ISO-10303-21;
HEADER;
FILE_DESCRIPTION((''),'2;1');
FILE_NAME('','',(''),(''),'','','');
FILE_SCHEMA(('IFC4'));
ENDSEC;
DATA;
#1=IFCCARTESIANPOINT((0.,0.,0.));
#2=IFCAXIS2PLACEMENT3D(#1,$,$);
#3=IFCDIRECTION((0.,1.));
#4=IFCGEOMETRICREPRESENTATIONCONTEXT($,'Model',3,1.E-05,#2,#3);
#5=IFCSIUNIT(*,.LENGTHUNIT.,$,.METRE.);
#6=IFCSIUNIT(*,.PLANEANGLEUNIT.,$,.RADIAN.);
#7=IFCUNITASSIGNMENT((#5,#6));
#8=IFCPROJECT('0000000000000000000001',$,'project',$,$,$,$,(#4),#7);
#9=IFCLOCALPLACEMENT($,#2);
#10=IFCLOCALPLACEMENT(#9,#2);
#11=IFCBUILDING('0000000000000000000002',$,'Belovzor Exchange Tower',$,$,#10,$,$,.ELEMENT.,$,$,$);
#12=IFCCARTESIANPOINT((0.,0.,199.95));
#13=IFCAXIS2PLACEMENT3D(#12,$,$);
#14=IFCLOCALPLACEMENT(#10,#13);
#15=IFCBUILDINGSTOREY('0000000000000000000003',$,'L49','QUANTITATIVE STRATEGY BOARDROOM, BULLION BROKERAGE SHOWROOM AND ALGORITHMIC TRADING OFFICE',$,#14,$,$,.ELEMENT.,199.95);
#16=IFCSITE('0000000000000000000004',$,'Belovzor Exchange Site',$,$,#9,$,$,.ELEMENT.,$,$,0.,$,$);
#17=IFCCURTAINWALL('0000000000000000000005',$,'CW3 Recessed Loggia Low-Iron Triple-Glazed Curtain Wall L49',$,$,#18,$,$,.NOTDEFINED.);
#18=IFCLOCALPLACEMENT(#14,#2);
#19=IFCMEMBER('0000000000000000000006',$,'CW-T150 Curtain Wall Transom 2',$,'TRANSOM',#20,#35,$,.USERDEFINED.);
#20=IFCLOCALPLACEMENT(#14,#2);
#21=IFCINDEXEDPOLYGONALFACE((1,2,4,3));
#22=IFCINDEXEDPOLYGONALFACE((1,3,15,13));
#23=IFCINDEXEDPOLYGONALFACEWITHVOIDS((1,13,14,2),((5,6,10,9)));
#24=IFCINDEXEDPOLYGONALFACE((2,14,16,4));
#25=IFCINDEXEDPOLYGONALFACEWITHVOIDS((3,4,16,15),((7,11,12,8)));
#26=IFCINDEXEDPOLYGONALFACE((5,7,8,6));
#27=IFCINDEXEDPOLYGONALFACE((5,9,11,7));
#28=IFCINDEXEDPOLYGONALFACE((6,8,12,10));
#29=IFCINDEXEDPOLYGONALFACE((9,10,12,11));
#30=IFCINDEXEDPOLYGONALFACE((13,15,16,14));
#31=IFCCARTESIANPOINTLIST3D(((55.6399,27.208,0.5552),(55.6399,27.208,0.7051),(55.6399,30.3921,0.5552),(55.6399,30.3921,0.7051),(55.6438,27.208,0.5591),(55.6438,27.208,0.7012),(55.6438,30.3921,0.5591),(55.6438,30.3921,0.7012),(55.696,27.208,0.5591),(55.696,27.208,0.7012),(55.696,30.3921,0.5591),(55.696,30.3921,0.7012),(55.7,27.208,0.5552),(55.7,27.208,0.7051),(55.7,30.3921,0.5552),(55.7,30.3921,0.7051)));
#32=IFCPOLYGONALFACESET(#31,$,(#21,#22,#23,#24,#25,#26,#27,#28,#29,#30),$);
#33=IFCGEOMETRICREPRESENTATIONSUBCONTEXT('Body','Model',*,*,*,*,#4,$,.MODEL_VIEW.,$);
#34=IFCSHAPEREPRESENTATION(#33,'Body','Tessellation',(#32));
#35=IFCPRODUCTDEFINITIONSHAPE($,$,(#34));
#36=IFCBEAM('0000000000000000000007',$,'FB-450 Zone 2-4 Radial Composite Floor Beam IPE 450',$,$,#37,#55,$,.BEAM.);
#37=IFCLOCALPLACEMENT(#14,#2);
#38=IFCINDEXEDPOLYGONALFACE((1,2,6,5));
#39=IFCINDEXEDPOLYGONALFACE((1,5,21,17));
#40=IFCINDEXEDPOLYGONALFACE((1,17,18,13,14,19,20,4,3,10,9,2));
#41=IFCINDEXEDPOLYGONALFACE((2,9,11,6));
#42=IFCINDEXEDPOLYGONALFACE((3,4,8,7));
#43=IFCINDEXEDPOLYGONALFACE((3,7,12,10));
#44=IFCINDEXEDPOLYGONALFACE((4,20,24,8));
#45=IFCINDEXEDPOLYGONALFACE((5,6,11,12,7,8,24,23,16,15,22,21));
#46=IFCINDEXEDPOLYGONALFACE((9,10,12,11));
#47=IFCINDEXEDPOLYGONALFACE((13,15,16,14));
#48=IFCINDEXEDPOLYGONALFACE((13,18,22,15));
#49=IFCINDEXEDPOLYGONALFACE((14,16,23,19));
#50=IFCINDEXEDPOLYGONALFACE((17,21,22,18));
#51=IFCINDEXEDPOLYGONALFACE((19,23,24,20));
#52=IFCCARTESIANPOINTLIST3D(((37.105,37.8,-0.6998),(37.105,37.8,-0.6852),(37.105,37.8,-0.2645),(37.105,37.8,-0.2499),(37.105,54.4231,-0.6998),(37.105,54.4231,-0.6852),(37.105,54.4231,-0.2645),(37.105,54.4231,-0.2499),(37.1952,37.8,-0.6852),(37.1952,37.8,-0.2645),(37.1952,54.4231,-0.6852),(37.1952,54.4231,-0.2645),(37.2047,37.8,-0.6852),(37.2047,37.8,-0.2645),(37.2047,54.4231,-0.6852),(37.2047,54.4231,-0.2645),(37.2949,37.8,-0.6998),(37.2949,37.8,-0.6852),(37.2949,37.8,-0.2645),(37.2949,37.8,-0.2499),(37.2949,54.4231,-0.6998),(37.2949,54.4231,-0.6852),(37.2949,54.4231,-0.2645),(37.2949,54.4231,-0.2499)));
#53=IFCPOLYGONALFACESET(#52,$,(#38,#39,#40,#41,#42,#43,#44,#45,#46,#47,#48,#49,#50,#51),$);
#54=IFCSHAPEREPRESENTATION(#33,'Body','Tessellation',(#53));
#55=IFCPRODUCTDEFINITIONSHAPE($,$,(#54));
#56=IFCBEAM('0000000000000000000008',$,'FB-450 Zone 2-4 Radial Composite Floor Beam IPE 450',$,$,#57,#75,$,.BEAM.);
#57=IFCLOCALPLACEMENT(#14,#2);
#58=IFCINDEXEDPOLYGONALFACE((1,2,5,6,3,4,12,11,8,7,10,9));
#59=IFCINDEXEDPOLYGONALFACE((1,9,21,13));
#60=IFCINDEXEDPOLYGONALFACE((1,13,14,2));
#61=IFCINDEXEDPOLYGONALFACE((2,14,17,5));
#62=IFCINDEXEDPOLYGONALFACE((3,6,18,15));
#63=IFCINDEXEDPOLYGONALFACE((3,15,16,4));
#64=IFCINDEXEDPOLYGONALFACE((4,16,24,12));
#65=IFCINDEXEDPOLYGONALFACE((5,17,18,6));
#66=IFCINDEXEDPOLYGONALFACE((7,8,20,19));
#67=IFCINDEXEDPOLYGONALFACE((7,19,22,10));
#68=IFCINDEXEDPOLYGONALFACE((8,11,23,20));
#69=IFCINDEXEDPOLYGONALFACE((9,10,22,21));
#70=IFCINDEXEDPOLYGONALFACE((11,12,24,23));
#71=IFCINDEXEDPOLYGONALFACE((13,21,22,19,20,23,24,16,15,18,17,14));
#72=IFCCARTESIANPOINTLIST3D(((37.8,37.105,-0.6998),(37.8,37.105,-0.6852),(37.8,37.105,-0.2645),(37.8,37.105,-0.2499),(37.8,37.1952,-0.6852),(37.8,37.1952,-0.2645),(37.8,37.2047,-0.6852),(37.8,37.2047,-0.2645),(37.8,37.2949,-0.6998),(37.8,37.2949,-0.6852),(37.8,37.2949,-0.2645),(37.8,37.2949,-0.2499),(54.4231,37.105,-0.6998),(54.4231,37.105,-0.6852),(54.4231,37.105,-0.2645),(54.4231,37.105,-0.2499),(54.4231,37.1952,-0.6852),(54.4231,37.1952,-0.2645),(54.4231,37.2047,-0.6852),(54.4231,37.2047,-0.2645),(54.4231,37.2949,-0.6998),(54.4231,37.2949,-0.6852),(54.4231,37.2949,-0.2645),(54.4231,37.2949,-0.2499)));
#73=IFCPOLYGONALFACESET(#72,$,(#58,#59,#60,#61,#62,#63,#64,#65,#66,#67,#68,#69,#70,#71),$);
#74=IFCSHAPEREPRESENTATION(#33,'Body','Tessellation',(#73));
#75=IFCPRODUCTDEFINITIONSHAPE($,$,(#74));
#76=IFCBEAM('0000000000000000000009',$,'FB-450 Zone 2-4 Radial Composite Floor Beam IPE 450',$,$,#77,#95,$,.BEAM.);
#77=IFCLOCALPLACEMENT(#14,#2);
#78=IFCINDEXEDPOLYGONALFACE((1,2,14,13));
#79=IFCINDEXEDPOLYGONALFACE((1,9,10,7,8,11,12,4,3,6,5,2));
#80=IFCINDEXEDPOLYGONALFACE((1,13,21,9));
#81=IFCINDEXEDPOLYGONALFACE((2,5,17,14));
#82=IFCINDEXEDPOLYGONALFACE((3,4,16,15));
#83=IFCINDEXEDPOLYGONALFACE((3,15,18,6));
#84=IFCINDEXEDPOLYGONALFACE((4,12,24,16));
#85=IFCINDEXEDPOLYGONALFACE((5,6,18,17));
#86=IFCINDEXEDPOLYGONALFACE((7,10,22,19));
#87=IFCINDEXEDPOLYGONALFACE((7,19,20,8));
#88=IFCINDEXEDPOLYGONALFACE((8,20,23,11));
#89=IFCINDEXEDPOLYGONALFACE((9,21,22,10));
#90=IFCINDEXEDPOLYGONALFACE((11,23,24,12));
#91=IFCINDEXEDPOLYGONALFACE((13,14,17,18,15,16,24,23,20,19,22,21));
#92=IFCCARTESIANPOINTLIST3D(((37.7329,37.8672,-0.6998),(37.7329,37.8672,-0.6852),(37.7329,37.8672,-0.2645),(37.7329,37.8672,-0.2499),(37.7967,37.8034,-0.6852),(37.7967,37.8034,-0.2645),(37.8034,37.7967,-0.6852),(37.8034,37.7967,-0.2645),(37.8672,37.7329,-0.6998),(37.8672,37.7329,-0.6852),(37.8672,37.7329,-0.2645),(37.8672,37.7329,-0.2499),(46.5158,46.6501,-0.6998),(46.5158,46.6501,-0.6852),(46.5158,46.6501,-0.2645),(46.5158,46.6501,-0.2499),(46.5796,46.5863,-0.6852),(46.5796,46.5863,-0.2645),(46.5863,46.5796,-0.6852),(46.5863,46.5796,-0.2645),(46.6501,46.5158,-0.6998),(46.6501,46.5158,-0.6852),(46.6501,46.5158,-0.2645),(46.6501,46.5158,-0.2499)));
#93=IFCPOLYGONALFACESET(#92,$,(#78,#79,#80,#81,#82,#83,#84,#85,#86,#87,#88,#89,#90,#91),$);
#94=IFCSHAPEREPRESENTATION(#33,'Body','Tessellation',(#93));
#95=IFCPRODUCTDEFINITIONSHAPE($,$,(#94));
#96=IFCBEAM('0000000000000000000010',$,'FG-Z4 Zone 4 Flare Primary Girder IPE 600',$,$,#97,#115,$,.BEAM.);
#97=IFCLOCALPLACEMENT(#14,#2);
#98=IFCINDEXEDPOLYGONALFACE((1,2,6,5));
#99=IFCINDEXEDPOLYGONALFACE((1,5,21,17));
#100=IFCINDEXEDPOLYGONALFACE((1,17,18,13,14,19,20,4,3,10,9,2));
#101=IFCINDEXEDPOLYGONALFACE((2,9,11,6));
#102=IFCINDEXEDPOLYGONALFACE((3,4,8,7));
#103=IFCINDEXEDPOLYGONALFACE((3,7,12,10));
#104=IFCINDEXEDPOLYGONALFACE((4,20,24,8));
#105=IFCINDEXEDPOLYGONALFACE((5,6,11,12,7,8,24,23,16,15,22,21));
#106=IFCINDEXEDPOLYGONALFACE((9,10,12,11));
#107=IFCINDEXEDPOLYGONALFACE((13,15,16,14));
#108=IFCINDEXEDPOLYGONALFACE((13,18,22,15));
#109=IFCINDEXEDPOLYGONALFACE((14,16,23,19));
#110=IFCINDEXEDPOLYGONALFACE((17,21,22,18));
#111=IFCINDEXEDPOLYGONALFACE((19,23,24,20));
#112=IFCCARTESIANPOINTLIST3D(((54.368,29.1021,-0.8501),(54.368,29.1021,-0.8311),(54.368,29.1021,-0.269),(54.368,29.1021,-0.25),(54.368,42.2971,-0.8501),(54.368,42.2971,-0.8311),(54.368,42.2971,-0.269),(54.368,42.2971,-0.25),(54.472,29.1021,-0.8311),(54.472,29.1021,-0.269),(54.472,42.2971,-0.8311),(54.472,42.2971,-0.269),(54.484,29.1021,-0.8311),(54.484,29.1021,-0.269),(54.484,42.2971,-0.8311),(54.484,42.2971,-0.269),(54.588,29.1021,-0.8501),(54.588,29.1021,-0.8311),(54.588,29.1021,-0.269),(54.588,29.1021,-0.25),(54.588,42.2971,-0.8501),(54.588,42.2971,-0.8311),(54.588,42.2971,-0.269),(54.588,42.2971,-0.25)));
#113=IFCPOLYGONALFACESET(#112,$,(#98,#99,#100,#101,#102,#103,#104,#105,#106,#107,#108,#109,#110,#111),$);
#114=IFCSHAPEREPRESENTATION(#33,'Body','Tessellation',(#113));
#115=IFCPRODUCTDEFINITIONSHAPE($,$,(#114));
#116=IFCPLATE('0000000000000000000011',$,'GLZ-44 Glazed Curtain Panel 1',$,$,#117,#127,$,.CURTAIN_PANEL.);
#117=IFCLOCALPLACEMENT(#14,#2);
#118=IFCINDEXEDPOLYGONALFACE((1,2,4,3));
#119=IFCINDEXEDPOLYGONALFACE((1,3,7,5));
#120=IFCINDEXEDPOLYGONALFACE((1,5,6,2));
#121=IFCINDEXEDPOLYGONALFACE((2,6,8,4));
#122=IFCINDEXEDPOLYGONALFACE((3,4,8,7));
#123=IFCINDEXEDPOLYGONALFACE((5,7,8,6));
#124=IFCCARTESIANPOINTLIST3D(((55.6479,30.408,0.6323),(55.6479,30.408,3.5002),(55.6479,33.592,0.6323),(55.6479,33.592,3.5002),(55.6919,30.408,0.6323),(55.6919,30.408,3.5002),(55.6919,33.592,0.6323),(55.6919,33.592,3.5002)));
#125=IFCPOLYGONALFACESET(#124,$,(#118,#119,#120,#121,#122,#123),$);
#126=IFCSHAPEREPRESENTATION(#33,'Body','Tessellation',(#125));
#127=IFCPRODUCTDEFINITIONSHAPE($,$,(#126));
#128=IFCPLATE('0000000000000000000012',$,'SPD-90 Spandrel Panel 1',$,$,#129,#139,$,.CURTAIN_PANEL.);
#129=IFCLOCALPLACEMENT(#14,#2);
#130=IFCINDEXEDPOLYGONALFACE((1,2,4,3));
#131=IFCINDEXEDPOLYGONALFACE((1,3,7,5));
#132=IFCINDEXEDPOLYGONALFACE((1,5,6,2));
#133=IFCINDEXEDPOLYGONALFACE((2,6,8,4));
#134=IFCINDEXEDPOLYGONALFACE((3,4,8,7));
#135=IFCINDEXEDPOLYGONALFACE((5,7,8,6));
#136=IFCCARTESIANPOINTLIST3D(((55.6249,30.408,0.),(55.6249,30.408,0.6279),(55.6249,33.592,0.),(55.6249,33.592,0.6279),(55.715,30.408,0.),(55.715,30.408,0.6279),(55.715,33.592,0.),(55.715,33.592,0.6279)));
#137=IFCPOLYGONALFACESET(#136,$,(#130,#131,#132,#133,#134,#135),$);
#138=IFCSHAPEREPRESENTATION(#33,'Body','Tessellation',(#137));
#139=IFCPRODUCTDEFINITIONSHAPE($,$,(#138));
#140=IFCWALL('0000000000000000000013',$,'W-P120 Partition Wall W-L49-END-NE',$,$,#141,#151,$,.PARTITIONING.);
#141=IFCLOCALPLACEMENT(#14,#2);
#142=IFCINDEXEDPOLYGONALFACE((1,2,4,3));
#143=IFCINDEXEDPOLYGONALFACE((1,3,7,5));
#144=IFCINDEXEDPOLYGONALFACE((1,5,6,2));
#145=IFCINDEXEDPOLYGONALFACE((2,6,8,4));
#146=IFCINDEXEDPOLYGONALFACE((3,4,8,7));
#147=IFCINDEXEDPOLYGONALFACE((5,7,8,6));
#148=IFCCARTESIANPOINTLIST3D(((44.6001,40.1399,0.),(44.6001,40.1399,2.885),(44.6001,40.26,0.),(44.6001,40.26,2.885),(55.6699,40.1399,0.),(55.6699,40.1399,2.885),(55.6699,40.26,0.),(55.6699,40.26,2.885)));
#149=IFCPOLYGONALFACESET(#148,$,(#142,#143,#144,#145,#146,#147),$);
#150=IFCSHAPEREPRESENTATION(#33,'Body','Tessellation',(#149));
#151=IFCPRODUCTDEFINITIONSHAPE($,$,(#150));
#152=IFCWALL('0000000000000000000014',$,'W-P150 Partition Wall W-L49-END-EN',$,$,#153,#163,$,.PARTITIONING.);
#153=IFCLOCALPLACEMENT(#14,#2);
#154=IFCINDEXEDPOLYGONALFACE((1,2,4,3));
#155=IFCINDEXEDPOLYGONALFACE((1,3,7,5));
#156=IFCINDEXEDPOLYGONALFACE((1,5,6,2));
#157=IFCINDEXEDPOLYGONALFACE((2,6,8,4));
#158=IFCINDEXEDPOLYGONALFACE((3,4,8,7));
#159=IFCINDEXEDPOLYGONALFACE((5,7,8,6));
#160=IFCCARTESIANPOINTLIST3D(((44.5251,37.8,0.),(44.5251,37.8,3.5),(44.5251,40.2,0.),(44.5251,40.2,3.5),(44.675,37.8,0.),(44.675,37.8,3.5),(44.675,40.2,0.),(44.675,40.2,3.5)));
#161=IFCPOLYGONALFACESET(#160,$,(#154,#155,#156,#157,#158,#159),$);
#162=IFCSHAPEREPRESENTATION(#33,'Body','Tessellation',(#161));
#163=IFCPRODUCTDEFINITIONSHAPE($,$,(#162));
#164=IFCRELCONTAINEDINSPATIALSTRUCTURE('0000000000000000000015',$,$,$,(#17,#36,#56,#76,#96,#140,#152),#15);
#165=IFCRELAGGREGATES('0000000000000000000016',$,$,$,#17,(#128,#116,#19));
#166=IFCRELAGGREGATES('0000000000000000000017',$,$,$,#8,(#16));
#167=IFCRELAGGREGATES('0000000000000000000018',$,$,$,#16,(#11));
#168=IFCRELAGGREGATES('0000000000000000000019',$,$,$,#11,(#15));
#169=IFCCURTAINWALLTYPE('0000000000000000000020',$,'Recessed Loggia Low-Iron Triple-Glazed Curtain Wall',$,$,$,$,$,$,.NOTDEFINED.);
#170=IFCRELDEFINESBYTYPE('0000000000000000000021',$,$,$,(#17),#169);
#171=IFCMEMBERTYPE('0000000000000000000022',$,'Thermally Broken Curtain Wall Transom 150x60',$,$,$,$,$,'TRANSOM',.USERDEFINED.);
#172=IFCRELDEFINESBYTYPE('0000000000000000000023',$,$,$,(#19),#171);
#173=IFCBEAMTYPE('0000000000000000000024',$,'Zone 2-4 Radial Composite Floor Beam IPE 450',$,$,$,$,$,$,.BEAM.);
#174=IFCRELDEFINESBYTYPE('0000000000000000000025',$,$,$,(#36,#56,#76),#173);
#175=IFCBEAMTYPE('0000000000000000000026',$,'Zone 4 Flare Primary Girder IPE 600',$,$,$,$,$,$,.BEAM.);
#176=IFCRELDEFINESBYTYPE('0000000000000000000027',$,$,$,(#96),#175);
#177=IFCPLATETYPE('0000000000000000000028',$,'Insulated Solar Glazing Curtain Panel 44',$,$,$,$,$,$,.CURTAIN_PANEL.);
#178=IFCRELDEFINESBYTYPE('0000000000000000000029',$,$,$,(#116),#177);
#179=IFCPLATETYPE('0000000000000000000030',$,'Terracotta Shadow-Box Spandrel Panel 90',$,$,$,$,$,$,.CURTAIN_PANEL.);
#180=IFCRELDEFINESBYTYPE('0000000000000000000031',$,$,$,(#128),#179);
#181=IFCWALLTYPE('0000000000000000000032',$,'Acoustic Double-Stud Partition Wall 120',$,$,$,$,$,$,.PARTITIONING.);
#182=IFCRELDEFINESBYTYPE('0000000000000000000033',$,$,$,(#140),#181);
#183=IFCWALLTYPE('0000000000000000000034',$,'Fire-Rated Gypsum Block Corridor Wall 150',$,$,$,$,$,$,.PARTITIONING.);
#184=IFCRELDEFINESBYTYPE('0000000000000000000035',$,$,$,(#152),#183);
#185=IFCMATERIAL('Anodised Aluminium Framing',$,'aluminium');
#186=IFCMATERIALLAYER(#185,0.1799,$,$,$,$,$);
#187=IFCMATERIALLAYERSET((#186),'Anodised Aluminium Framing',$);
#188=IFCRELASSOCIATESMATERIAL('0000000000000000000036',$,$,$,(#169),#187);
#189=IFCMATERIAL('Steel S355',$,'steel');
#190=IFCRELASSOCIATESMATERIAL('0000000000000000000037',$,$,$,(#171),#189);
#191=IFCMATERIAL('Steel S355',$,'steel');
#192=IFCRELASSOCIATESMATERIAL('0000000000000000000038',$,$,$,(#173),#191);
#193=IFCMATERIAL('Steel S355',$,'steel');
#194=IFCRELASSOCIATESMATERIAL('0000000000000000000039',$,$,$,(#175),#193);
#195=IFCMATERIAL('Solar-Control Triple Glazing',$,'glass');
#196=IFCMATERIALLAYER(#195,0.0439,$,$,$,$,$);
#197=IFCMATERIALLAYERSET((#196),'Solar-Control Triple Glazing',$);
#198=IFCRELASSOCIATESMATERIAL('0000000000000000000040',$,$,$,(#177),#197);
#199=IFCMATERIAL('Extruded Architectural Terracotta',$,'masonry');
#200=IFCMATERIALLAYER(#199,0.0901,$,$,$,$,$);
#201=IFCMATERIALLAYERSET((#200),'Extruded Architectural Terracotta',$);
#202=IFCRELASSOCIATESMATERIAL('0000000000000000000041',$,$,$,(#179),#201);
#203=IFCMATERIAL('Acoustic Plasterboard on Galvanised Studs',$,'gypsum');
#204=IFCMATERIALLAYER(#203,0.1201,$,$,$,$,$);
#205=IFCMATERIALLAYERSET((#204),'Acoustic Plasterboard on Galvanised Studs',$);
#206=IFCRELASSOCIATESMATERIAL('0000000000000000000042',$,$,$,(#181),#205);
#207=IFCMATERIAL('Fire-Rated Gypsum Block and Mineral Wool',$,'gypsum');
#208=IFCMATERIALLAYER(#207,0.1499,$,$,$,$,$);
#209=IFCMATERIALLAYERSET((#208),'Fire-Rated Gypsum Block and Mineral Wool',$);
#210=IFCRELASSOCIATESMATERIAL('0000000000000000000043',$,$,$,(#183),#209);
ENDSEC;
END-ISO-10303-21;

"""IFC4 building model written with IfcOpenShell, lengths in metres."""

from ifc_helpers import new_model, si_unit, direction, frame, frame_2d, origin, origin_2d, place, context, subcontext, project, spatial, rectangle, hollow_rectangle, i_section, extrude, material, layer, layer_set, material_profile, profile_set, type_object, element, aggregate, save


model = new_model("IFC4")

# Units and contexts
model_context = context("Model", 3, precision=1e-05, world=origin(), true_north=direction((0.0, 1.0)))
body_context = subcontext(model_context, "Body", "Model", "MODEL_VIEW")
ifc_project = project(units=[si_unit("LENGTHUNIT", "METRE"), si_unit("PLANEANGLEUNIT", "RADIAN")], contexts=[model_context])

# Site, building, storey
site_placement = place(None, origin())
site = spatial("IfcSite", under=ifc_project, at=site_placement, Name="Belovzor Exchange Site", CompositionType="ELEMENT", RefElevation=0.0)
building_placement = place(site_placement, origin())
building = spatial("IfcBuilding", under=site, at=building_placement, Name="Belovzor Exchange Tower", CompositionType="ELEMENT")
storey_placement = place(building_placement, frame((0.0, 0.0, 199.95)))
storey = spatial("IfcBuildingStorey", under=building, at=storey_placement, Name="L49", Description="QUANTITATIVE STRATEGY BOARDROOM, BULLION BROKERAGE SHOWROOM AND ALGORITHMIC TRADING OFFICE", CompositionType="ELEMENT", Elevation=199.95)

# Curtain wall, member
ifc_material_1 = material(Name="Anodised Aluminium Framing", Category="aluminium")
ifc_layer_1 = layer(ifc_material_1, 0.1799)
ifc_layer_set_1 = layer_set([ifc_layer_1], Name="Anodised Aluminium Framing")
curtain_wall_type = type_object("IfcCurtainWallType", Name="Recessed Loggia Low-Iron Triple-Glazed Curtain Wall", PredefinedType="NOTDEFINED", material=ifc_layer_set_1)
curtain_wall_placement = place(storey_placement, origin())
curtain_wall = element("IfcCurtainWall", 1, at=curtain_wall_placement, inside=storey, type_object=curtain_wall_type, Name="CW3 Recessed Loggia Low-Iron Triple-Glazed Curtain Wall L49", PredefinedType="NOTDEFINED")
ifc_material_2 = material(Name="Steel S355", Category="steel")
ifc_material_profile_1 = material_profile(ifc_material_2, hollow_rectangle(XDim=0.0601, YDim=0.1499, WallThickness=0.0039, at=origin_2d()))
ifc_profile_set_1 = profile_set([ifc_material_profile_1], Name="Steel S355")
member_type_1 = type_object("IfcMemberType", Name="Thermally Broken Curtain Wall Transom 150x60", ElementType="TRANSOM", PredefinedType="USERDEFINED", material=ifc_profile_set_1)
member_1_placement = place(storey_placement, frame((55.6699, 30.3921, 0.6301), z_axis=(0.0, -1.0, 0.0), x_axis=(1.0, 0.0, 0.0)))
member_1 = element("IfcMember", 2, at=member_1_placement, type_object=member_type_1, Name="CW-T150 Curtain Wall Transom 2", ObjectType="TRANSOM", PredefinedType="USERDEFINED", context=body_context, shape_type="SweptSolid", body=[
    extrude(hollow_rectangle(XDim=0.0601, YDim=0.1499, WallThickness=0.0039, at=origin_2d()), origin(), (0.0, 0.0, 1.0), 3.1841),
])

# Beams
ifc_material_3 = material(Name="Steel S355", Category="steel")
ifc_material_profile_2 = material_profile(ifc_material_3, i_section(OverallWidth=0.1899, OverallDepth=0.45, WebThickness=0.0095, FlangeThickness=0.0146, at=origin_2d()))
ifc_profile_set_2 = profile_set([ifc_material_profile_2], Name="Steel S355")
beam_type_1 = type_object("IfcBeamType", Name="Zone 2-4 Radial Composite Floor Beam IPE 450", PredefinedType="BEAM", material=ifc_profile_set_2)
for number, where, z_axis, x_axis, name in (
    (3, (37.2, 37.8, -0.4749), (0.0, 1.0, 0.0), (-1.0, 0.0, 0.0), "FB-450 Zone 2-4 Radial Composite Floor Beam IPE 450"),
    (4, (37.8, 37.2, -0.4749), (1.0, 0.0, 0.0), (0.0, 1.0, 0.0), "FB-450 Zone 2-4 Radial Composite Floor Beam IPE 450"),
):
    element("IfcBeam", number, at=place(storey_placement, frame(where, z_axis=z_axis, x_axis=x_axis)), inside=storey, type_object=beam_type_1, Name=name, PredefinedType="BEAM", context=body_context, shape_type="SweptSolid", body=[
        extrude(i_section(OverallWidth=0.1899, OverallDepth=0.45, WebThickness=0.0095, FlangeThickness=0.0146, at=origin_2d()), origin(), (0.0, 0.0, 1.0), 16.623),
    ])
beam_1_placement = place(storey_placement, frame((37.8, 37.8, -0.4749), z_axis=(0.707107, 0.707107, 0.0), x_axis=(-0.707107, 0.707107, 0.0)))
element("IfcBeam", 5, at=beam_1_placement, inside=storey, type_object=beam_type_1, Name="FB-450 Zone 2-4 Radial Composite Floor Beam IPE 450", PredefinedType="BEAM", context=body_context, shape_type="SweptSolid", body=[
    extrude(i_section(OverallWidth=0.1899, OverallDepth=0.45, WebThickness=0.0095, FlangeThickness=0.0146, at=origin_2d()), origin(), (0.0, 0.0, 1.0), 12.4209),
])
ifc_material_4 = material(Name="Steel S355", Category="steel")
ifc_material_profile_3 = material_profile(ifc_material_4, i_section(OverallWidth=0.22, OverallDepth=0.6001, WebThickness=0.012, FlangeThickness=0.019, at=origin_2d()))
ifc_profile_set_3 = profile_set([ifc_material_profile_3], Name="Steel S355")
beam_type_2 = type_object("IfcBeamType", Name="Zone 4 Flare Primary Girder IPE 600", PredefinedType="BEAM", material=ifc_profile_set_3)
beam_2_placement = place(storey_placement, frame((54.478, 29.1021, -0.55), z_axis=(0.0, 1.0, 0.0), x_axis=(-1.0, 0.0, 0.0)))
element("IfcBeam", 6, at=beam_2_placement, inside=storey, type_object=beam_type_2, Name="FG-Z4 Zone 4 Flare Primary Girder IPE 600", PredefinedType="BEAM", context=body_context, shape_type="SweptSolid", body=[
    extrude(i_section(OverallWidth=0.22, OverallDepth=0.6001, WebThickness=0.012, FlangeThickness=0.019, at=origin_2d()), origin(), (0.0, 0.0, 1.0), 13.1951),
])

# Plates
ifc_material_5 = material(Name="Solar-Control Triple Glazing", Category="glass")
ifc_layer_2 = layer(ifc_material_5, 0.0439)
ifc_layer_set_2 = layer_set([ifc_layer_2], Name="Solar-Control Triple Glazing")
plate_type_1 = type_object("IfcPlateType", Name="Insulated Solar Glazing Curtain Panel 44", PredefinedType="CURTAIN_PANEL", material=ifc_layer_set_2)
plate_1_placement = place(storey_placement, frame((55.6699, 32.0, 0.6323), z_axis=(0.0, 0.0, 1.0), x_axis=(0.0, -1.0, 0.0)))
plate_1 = element("IfcPlate", 7, at=plate_1_placement, type_object=plate_type_1, Name="GLZ-44 Glazed Curtain Panel 1", PredefinedType="CURTAIN_PANEL", context=body_context, shape_type="SweptSolid", body=[
    extrude(rectangle(XDim=3.1841, YDim=0.0439, at=origin_2d()), origin(), (0.0, 0.0, 1.0), 2.8679),
])
ifc_material_6 = material(Name="Extruded Architectural Terracotta", Category="masonry")
ifc_layer_3 = layer(ifc_material_6, 0.0901)
ifc_layer_set_3 = layer_set([ifc_layer_3], Name="Extruded Architectural Terracotta")
plate_type_2 = type_object("IfcPlateType", Name="Terracotta Shadow-Box Spandrel Panel 90", PredefinedType="CURTAIN_PANEL", material=ifc_layer_set_3)
plate_2_placement = place(storey_placement, frame((55.6699, 32.0, 0.0), z_axis=(0.0, 0.0, 1.0), x_axis=(0.0, -1.0, 0.0)))
plate_2 = element("IfcPlate", 8, at=plate_2_placement, type_object=plate_type_2, Name="SPD-90 Spandrel Panel 1", PredefinedType="CURTAIN_PANEL", context=body_context, shape_type="SweptSolid", body=[
    extrude(rectangle(XDim=3.1841, YDim=0.0901, at=origin_2d()), origin(), (0.0, 0.0, 1.0), 0.6279),
])
aggregate(curtain_wall, [plate_2, plate_1, member_1])

# Walls
ifc_material_7 = material(Name="Acoustic Plasterboard on Galvanised Studs", Category="gypsum")
ifc_layer_4 = layer(ifc_material_7, 0.1201)
ifc_layer_set_4 = layer_set([ifc_layer_4], Name="Acoustic Plasterboard on Galvanised Studs")
wall_type_1 = type_object("IfcWallType", Name="Acoustic Double-Stud Partition Wall 120", PredefinedType="PARTITIONING", material=ifc_layer_set_4)
wall_1_placement = place(storey_placement, frame((44.6001, 40.2, 0.0), z_axis=(0.0, 0.0, 1.0), x_axis=(1.0, 0.0, 0.0)))
element("IfcWall", 9, at=wall_1_placement, inside=storey, type_object=wall_type_1, Name="W-P120 Partition Wall W-L49-END-NE", PredefinedType="PARTITIONING", context=body_context, shape_type="SweptSolid", body=[
    extrude(rectangle(XDim=11.0698, YDim=0.1201, at=frame_2d((5.5349, 0.0))), origin(), (0.0, 0.0, 1.0), 2.885),
])
ifc_material_8 = material(Name="Fire-Rated Gypsum Block and Mineral Wool", Category="gypsum")
ifc_layer_5 = layer(ifc_material_8, 0.1499)
ifc_layer_set_5 = layer_set([ifc_layer_5], Name="Fire-Rated Gypsum Block and Mineral Wool")
wall_type_2 = type_object("IfcWallType", Name="Fire-Rated Gypsum Block Corridor Wall 150", PredefinedType="PARTITIONING", material=ifc_layer_set_5)
wall_2_placement = place(storey_placement, frame((44.6001, 37.8, 0.0), z_axis=(0.0, 0.0, 1.0), x_axis=(0.0, 1.0, 0.0)))
element("IfcWall", 10, at=wall_2_placement, inside=storey, type_object=wall_type_2, Name="W-P150 Partition Wall W-L49-END-EN", PredefinedType="PARTITIONING", context=body_context, shape_type="SweptSolid", body=[
    extrude(rectangle(XDim=2.3999, YDim=0.1499, at=frame_2d((1.2, 0.0))), origin(), (0.0, 0.0, 1.0), 3.5),
])

save(model, "model.ifc")
